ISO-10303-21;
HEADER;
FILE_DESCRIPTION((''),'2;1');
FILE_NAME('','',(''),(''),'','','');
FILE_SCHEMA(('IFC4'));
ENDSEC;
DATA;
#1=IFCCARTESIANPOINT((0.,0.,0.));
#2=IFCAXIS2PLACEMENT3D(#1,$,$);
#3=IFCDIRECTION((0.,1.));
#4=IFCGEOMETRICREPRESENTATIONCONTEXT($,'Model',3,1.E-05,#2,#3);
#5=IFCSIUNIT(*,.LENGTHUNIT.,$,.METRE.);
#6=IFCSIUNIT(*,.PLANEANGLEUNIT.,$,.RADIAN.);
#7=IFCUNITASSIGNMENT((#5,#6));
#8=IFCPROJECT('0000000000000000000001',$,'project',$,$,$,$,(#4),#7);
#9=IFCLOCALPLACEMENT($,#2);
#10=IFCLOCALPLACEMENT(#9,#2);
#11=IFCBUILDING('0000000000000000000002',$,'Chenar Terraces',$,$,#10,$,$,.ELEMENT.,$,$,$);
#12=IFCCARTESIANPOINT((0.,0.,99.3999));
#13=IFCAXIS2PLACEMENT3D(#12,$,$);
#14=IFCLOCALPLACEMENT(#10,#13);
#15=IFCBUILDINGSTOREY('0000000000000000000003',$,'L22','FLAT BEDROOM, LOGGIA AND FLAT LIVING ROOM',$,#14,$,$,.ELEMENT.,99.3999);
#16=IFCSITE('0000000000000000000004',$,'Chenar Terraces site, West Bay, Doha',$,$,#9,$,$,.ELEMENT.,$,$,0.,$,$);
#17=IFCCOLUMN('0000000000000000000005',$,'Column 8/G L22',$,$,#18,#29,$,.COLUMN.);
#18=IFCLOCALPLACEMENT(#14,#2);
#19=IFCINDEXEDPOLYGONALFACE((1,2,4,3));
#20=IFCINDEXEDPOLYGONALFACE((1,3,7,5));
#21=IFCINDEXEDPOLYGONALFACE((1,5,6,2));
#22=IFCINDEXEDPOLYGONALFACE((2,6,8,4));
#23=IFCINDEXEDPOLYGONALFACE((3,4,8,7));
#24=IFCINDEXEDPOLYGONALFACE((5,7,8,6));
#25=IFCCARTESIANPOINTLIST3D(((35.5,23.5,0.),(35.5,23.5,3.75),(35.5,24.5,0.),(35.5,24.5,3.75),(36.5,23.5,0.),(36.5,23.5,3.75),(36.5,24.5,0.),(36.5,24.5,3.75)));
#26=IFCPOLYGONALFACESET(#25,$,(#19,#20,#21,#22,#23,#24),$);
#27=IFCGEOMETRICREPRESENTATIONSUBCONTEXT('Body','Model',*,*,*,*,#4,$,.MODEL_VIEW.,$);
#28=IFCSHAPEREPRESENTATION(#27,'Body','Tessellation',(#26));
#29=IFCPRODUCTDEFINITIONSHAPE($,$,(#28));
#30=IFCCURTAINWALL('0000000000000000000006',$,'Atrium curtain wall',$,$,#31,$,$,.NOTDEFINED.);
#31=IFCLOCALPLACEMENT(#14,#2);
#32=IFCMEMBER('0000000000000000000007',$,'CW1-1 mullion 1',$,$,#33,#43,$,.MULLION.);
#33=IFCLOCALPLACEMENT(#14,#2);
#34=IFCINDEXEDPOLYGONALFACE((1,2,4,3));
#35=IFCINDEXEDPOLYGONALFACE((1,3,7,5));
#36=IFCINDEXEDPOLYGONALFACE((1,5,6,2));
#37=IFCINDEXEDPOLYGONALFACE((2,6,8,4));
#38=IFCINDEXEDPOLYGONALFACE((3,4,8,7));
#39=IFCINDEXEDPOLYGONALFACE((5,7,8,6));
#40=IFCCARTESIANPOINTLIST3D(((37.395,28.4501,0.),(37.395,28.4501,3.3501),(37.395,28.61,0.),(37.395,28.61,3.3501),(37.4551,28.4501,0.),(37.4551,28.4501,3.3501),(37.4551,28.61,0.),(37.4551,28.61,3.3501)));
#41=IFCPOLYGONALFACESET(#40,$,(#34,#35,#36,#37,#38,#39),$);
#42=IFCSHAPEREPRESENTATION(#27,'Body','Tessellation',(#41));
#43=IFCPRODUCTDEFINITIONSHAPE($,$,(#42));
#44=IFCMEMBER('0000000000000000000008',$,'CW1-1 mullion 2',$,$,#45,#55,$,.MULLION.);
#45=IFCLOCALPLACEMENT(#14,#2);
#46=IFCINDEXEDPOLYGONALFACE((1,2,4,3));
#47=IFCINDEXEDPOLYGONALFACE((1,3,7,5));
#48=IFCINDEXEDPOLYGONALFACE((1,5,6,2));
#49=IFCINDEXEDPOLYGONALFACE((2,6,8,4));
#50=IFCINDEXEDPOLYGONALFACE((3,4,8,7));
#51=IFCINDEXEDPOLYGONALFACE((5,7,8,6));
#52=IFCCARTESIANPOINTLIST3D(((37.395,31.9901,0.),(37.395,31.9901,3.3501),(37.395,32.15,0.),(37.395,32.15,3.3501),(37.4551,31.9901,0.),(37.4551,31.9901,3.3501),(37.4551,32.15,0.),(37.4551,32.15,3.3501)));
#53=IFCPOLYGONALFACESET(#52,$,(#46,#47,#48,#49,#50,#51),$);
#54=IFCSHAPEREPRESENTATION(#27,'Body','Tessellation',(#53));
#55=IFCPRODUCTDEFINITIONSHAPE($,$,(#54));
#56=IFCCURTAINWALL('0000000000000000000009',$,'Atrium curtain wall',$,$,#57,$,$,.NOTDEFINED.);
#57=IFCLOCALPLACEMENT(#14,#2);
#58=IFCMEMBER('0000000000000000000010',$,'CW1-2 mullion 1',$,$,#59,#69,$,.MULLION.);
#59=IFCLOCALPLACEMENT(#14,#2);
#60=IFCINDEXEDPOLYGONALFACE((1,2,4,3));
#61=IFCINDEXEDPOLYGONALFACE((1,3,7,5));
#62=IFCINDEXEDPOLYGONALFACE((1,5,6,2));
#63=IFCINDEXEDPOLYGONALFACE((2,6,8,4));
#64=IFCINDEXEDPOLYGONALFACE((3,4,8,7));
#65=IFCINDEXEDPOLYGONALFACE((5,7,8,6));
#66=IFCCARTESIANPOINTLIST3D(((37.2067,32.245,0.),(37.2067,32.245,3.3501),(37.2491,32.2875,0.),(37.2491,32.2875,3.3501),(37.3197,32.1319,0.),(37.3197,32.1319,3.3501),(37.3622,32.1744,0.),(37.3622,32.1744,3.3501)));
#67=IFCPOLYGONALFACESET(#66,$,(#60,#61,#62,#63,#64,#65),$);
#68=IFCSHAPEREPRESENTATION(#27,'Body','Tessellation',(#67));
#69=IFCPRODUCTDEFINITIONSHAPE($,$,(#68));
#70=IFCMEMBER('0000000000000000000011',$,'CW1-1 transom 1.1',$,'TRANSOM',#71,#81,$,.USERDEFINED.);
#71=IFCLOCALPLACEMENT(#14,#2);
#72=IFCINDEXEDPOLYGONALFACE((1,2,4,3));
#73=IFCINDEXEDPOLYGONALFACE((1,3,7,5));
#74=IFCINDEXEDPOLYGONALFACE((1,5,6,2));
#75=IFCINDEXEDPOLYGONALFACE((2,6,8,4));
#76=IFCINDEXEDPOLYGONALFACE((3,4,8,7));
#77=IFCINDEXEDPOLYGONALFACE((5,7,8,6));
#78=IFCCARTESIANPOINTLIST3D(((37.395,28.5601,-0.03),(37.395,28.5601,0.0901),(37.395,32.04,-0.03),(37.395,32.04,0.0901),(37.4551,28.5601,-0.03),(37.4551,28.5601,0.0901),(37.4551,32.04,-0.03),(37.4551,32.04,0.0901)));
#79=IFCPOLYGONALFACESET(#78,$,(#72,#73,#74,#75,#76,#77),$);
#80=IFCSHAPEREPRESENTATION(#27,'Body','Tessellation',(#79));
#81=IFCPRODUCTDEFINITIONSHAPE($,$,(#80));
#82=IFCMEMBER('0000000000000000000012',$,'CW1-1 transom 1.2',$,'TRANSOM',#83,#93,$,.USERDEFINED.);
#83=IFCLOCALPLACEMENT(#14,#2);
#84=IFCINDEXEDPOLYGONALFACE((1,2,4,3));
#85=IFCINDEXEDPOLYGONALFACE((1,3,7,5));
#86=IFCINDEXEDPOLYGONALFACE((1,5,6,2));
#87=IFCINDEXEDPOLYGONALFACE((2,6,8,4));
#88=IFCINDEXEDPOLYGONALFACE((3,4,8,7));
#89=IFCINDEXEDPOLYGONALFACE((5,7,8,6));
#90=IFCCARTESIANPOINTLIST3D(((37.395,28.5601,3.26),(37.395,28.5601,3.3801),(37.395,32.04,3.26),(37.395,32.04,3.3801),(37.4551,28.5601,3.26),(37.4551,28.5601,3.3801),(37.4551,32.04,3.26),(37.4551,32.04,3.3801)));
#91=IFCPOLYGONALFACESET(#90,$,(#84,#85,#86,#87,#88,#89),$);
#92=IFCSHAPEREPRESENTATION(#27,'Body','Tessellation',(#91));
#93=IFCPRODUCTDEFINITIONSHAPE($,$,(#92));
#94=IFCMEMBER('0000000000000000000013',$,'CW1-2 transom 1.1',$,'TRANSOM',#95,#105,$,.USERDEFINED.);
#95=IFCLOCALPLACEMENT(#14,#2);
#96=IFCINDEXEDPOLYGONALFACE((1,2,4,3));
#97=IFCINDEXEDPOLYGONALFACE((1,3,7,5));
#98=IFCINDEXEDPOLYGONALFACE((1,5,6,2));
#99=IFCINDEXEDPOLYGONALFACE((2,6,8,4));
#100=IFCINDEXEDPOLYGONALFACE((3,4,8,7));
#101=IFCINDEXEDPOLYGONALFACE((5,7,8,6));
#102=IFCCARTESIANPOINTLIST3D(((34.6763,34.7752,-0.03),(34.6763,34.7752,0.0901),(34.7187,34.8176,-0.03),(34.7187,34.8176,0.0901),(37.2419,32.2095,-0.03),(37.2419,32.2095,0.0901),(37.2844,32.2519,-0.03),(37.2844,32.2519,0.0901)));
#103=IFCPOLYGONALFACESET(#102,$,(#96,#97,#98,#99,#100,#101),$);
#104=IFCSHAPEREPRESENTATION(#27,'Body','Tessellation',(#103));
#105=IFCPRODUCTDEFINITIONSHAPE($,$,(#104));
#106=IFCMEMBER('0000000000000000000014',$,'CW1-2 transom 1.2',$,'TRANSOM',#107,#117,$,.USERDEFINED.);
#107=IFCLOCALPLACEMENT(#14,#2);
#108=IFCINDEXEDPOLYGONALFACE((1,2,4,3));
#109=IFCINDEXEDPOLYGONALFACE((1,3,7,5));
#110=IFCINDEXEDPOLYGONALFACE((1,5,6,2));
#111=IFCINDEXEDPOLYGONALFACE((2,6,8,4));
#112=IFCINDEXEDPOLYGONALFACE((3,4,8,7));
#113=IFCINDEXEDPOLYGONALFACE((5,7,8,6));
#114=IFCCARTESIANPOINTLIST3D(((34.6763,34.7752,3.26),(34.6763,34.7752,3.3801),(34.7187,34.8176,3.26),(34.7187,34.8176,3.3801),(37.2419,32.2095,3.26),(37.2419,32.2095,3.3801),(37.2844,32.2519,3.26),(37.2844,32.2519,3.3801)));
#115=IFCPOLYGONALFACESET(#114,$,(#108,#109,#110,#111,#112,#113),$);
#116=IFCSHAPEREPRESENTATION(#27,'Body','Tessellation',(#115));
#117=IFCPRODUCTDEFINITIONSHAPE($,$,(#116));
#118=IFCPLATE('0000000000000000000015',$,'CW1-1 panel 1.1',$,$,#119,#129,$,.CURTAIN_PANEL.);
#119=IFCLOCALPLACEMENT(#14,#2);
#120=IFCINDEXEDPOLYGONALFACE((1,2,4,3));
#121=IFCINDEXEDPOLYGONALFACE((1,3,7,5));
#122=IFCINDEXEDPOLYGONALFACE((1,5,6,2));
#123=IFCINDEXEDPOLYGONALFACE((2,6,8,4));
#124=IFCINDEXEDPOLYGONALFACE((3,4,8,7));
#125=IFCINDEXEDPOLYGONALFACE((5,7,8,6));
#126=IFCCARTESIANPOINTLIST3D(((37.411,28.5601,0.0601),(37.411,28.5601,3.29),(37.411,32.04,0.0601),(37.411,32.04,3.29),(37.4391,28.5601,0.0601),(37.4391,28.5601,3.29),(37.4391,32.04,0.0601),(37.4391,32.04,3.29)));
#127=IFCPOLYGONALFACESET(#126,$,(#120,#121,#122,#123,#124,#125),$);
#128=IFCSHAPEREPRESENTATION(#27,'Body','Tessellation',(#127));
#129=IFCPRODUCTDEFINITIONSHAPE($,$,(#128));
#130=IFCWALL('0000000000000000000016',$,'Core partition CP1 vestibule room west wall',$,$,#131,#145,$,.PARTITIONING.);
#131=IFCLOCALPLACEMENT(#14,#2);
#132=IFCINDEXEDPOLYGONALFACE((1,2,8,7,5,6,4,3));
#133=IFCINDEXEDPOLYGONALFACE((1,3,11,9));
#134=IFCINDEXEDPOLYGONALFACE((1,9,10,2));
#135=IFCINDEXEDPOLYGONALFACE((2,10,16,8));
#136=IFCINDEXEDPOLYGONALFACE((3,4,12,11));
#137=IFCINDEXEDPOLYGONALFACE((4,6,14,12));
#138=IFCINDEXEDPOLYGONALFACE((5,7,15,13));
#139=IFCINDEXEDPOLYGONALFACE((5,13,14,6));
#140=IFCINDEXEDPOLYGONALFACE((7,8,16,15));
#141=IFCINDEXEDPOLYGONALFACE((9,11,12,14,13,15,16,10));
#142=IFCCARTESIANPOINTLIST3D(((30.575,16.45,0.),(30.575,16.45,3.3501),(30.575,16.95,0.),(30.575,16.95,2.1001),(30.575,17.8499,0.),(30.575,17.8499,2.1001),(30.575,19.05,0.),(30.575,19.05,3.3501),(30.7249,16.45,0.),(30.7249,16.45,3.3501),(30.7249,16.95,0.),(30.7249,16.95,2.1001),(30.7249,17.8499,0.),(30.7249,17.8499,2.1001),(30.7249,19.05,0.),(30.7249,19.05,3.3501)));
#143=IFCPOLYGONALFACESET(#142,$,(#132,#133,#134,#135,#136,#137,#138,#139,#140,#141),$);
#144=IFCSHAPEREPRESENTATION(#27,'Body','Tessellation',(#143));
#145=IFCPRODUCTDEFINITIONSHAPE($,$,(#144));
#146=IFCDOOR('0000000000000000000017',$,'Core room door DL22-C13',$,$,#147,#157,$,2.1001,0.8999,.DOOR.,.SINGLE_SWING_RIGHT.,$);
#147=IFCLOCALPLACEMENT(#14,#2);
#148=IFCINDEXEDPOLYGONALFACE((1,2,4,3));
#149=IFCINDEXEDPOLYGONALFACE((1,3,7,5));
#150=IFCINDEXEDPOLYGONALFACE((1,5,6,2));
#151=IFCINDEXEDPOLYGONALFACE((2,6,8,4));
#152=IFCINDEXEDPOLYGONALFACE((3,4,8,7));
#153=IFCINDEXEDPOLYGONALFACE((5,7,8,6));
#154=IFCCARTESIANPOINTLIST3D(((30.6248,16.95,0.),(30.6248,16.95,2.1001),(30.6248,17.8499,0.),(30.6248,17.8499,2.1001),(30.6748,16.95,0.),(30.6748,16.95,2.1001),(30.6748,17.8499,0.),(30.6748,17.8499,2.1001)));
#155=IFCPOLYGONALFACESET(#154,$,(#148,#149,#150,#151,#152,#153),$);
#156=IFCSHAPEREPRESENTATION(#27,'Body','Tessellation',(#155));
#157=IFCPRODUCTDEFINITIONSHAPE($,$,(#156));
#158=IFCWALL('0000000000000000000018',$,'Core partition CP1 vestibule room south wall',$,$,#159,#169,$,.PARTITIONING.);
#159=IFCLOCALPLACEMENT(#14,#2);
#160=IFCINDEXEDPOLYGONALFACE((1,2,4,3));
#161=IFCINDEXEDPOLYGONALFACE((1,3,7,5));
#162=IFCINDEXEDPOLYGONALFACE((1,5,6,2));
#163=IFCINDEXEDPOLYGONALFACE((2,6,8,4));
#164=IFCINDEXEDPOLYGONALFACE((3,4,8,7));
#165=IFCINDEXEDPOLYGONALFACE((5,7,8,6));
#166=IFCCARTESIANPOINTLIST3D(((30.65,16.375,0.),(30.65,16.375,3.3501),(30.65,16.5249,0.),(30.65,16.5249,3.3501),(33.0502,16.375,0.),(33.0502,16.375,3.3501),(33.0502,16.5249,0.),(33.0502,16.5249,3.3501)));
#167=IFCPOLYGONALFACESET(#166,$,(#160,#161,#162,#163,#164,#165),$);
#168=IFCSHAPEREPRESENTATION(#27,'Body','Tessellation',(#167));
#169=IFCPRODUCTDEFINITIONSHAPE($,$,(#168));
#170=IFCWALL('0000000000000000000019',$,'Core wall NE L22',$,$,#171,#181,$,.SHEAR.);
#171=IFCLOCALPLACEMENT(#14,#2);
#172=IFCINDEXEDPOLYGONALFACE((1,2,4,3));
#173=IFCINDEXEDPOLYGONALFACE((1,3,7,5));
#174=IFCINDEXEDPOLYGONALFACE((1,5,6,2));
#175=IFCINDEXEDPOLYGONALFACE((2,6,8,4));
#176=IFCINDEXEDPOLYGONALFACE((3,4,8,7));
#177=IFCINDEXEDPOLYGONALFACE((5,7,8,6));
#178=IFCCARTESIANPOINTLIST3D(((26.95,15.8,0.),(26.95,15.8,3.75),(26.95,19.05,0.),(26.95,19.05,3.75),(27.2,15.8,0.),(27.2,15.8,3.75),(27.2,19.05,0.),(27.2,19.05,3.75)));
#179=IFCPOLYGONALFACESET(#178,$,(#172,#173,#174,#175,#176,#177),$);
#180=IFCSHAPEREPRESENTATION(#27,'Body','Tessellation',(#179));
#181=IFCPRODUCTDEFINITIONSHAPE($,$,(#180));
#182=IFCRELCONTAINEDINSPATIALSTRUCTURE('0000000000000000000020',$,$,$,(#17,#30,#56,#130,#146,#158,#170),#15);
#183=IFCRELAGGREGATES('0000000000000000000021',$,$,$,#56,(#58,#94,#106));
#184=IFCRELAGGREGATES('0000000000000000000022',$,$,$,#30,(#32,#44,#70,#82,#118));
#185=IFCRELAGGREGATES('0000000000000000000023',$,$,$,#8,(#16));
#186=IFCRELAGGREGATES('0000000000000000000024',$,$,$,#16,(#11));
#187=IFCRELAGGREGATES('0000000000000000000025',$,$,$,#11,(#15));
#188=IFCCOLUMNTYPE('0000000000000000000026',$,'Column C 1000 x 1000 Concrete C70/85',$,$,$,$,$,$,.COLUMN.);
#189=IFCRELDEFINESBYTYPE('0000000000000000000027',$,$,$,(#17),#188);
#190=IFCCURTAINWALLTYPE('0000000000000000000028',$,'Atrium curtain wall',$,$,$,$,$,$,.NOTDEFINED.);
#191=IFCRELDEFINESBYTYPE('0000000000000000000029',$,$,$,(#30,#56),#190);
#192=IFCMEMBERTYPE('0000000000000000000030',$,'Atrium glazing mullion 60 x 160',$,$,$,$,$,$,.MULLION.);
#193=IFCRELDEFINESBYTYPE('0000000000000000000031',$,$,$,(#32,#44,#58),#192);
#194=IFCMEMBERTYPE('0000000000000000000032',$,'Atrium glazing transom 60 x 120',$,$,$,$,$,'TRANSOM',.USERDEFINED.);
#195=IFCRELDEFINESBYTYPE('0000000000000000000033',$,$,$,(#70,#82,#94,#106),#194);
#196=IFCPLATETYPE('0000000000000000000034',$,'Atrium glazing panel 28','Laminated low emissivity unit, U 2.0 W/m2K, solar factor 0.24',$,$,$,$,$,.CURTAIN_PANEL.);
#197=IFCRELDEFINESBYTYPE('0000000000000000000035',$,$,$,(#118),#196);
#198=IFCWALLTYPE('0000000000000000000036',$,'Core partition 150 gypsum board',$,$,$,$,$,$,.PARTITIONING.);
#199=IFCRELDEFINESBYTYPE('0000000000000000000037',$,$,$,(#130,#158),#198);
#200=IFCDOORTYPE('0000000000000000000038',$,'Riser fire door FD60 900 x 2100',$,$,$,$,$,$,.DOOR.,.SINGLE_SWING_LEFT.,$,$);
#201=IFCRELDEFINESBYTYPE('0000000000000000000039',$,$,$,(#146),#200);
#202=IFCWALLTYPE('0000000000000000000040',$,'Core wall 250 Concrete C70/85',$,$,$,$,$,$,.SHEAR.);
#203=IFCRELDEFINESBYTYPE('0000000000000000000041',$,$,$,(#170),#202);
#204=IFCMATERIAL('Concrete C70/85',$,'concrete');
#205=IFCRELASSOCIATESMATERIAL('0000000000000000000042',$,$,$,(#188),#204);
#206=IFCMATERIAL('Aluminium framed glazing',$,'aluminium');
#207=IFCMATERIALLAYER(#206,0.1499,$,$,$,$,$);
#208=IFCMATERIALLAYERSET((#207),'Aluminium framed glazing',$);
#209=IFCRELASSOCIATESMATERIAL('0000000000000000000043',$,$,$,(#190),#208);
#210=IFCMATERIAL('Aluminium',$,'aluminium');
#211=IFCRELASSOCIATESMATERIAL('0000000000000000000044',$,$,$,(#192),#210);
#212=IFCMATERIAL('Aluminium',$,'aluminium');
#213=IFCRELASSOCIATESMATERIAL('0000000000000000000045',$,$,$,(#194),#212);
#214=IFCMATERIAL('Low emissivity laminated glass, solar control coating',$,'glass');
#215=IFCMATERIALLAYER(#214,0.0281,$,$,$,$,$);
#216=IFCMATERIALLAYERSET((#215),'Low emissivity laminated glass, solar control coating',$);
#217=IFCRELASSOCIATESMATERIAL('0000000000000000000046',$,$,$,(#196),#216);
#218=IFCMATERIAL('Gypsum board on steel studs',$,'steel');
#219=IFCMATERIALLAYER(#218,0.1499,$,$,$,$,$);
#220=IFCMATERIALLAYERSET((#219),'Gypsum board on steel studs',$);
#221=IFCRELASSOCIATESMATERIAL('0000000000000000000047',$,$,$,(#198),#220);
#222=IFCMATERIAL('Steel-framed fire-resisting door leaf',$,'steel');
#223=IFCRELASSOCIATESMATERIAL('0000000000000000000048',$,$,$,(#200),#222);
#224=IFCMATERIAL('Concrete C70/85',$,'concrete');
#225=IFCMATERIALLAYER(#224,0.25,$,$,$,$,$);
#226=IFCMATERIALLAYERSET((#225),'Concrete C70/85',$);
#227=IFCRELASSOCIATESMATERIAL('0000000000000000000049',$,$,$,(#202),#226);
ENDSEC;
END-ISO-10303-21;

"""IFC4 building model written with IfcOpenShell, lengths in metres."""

from ifc_helpers import new_model, si_unit, direction, frame, frame_2d, origin, origin_2d, place, context, subcontext, project, spatial, rectangle, extrude, material, layer, layer_set, material_profile, profile_set, type_object, element, fill, aggregate, save


model = new_model("IFC4")

# Units and contexts
model_context = context("Model", 3, precision=1e-05, world=origin(), true_north=direction((0.0, 1.0)))
body_context = subcontext(model_context, "Body", "Model", "MODEL_VIEW")
ifc_project = project(units=[si_unit("LENGTHUNIT", "METRE"), si_unit("PLANEANGLEUNIT", "RADIAN")], contexts=[model_context])

# Site, building, storey
site_placement = place(None, origin())
site = spatial("IfcSite", under=ifc_project, at=site_placement, Name="Chenar Terraces site, West Bay, Doha", CompositionType="ELEMENT", RefElevation=0.0)
building_placement = place(site_placement, origin())
building = spatial("IfcBuilding", under=site, at=building_placement, Name="Chenar Terraces", CompositionType="ELEMENT")
storey_placement = place(building_placement, frame((0.0, 0.0, 99.3999)))
storey = spatial("IfcBuildingStorey", under=building, at=storey_placement, Name="L22", Description="FLAT BEDROOM, LOGGIA AND FLAT LIVING ROOM", CompositionType="ELEMENT", Elevation=99.3999)

# Column
ifc_material_1 = material(Name="Concrete C70/85", Category="concrete")
ifc_material_profile_1 = material_profile(ifc_material_1, rectangle(XDim=1.0, YDim=1.0, at=origin_2d()), Name="C 1000 x 1000")
ifc_profile_set_1 = profile_set([ifc_material_profile_1], Name="Concrete C70/85")
column_type = type_object("IfcColumnType", Name="Column C 1000 x 1000 Concrete C70/85", PredefinedType="COLUMN", material=ifc_profile_set_1)
column_placement = place(storey_placement, frame((36.0, 24.0, 0.0), z_axis=(0.0, 0.0, 1.0), x_axis=(1.0, 0.0, 0.0)))
element("IfcColumn", 1, at=column_placement, inside=storey, type_object=column_type, Name="Column 8/G L22", PredefinedType="COLUMN", context=body_context, shape_type="SweptSolid", body=[
    extrude(rectangle(XDim=1.0, YDim=1.0, at=origin_2d()), origin(), (0.0, 0.0, 1.0), 3.75),
])

# Curtain wall, members
ifc_material_2 = material(Name="Aluminium framed glazing", Category="aluminium")
ifc_layer_1 = layer(ifc_material_2, 0.1499)
ifc_layer_set_1 = layer_set([ifc_layer_1], Name="Aluminium framed glazing")
curtain_wall_type = type_object("IfcCurtainWallType", Name="Atrium curtain wall", PredefinedType="NOTDEFINED", material=ifc_layer_set_1)
placement = place(storey_placement, origin())
curtain_wall_1 = element("IfcCurtainWall", 2, at=placement, inside=storey, type_object=curtain_wall_type, Name="Atrium curtain wall", PredefinedType="NOTDEFINED")
ifc_material_3 = material(Name="Aluminium", Category="aluminium")
ifc_material_profile_2 = material_profile(ifc_material_3, rectangle(XDim=0.0601, YDim=0.1599, at=origin_2d()), Name="Atrium glazing mullion 60 x 160")
ifc_profile_set_2 = profile_set([ifc_material_profile_2], Name="Aluminium")
member_type_1 = type_object("IfcMemberType", Name="Atrium glazing mullion 60 x 160", PredefinedType="MULLION", material=ifc_profile_set_2)
member_1_placement = place(storey_placement, frame((37.425, 28.53, 0.0), z_axis=(0.0, 0.0, 1.0), x_axis=(-1.0, 0.0, 0.0)))
member_1 = element("IfcMember", 3, at=member_1_placement, type_object=member_type_1, Name="CW1-1 mullion 1", PredefinedType="MULLION", context=body_context, shape_type="SweptSolid", body=[
    extrude(rectangle(XDim=0.0601, YDim=0.1599, at=origin_2d()), origin(), (0.0, 0.0, 1.0), 3.3501),
])
member_2_placement = place(storey_placement, frame((37.425, 32.0701, 0.0), z_axis=(0.0, 0.0, 1.0), x_axis=(-1.0, 0.0, 0.0)))
member_2 = element("IfcMember", 4, at=member_2_placement, type_object=member_type_1, Name="CW1-1 mullion 2", PredefinedType="MULLION", context=body_context, shape_type="SweptSolid", body=[
    extrude(rectangle(XDim=0.0601, YDim=0.1599, at=origin_2d()), origin(), (0.0, 0.0, 1.0), 3.3501),
])

# Curtain wall, member
curtain_wall_2 = element("IfcCurtainWall", 5, at=placement, inside=storey, type_object=curtain_wall_type, Name="Atrium curtain wall", PredefinedType="NOTDEFINED")
member_3_placement = place(storey_placement, frame((37.2844, 32.2097, 0.0), z_axis=(0.0, 0.0, 1.0), x_axis=(-0.707107, -0.707107, 0.0)))
member_3 = element("IfcMember", 6, at=member_3_placement, type_object=member_type_1, Name="CW1-2 mullion 1", PredefinedType="MULLION", context=body_context, shape_type="SweptSolid", body=[
    extrude(rectangle(XDim=0.0601, YDim=0.1599, at=origin_2d()), origin(), (0.0, 0.0, 1.0), 3.3501),
])

# Members
ifc_material_4 = material(Name="Aluminium", Category="aluminium")
ifc_material_profile_3 = material_profile(ifc_material_4, rectangle(XDim=0.0601, YDim=0.1201, at=origin_2d()), Name="Atrium glazing transom 60 x 120")
ifc_profile_set_3 = profile_set([ifc_material_profile_3], Name="Aluminium")
member_type_2 = type_object("IfcMemberType", Name="Atrium glazing transom 60 x 120", ElementType="TRANSOM", PredefinedType="USERDEFINED", material=ifc_profile_set_3)
member_4_placement = place(storey_placement, frame((37.425, 28.5601, 0.03), z_axis=(0.0, 1.0, 0.0), x_axis=(-1.0, 0.0, 0.0)))
member_4 = element("IfcMember", 7, at=member_4_placement, type_object=member_type_2, Name="CW1-1 transom 1.1", ObjectType="TRANSOM", PredefinedType="USERDEFINED", context=body_context, shape_type="SweptSolid", body=[
    extrude(rectangle(XDim=0.0601, YDim=0.1201, at=origin_2d()), origin(), (0.0, 0.0, 1.0), 3.48),
])
member_5_placement = place(storey_placement, frame((37.425, 28.5601, 3.3201), z_axis=(0.0, 1.0, 0.0), x_axis=(-1.0, 0.0, 0.0)))
member_5 = element("IfcMember", 8, at=member_5_placement, type_object=member_type_2, Name="CW1-1 transom 1.2", ObjectType="TRANSOM", PredefinedType="USERDEFINED", context=body_context, shape_type="SweptSolid", body=[
    extrude(rectangle(XDim=0.0601, YDim=0.1201, at=origin_2d()), origin(), (0.0, 0.0, 1.0), 3.48),
])
member_6_placement = place(storey_placement, frame((37.2632, 32.2307, 0.03), z_axis=(-0.707107, 0.707107, 0.0), x_axis=(-0.707107, -0.707107, 0.0)))
member_6 = element("IfcMember", 9, at=member_6_placement, type_object=member_type_2, Name="CW1-2 transom 1.1", ObjectType="TRANSOM", PredefinedType="USERDEFINED", context=body_context, shape_type="SweptSolid", body=[
    extrude(rectangle(XDim=0.0601, YDim=0.1201, at=origin_2d()), origin(), (0.0, 0.0, 1.0), 3.6284),
])
member_7_placement = place(storey_placement, frame((37.2632, 32.2307, 3.3201), z_axis=(-0.707107, 0.707107, 0.0), x_axis=(-0.707107, -0.707107, 0.0)))
member_7 = element("IfcMember", 10, at=member_7_placement, type_object=member_type_2, Name="CW1-2 transom 1.2", ObjectType="TRANSOM", PredefinedType="USERDEFINED", context=body_context, shape_type="SweptSolid", body=[
    extrude(rectangle(XDim=0.0601, YDim=0.1201, at=origin_2d()), origin(), (0.0, 0.0, 1.0), 3.6284),
])
aggregate(curtain_wall_2, [member_3, member_6, member_7])

# Plate
ifc_material_5 = material(Name="Low emissivity laminated glass, solar control coating", Category="glass")
ifc_layer_2 = layer(ifc_material_5, 0.0281)
ifc_layer_set_2 = layer_set([ifc_layer_2], Name="Low emissivity laminated glass, solar control coating")
plate_type = type_object("IfcPlateType", Name="Atrium glazing panel 28", Description="Laminated low emissivity unit, U 2.0 W/m2K, solar factor 0.24", PredefinedType="CURTAIN_PANEL", material=ifc_layer_set_2)
plate_placement = place(storey_placement, frame((37.425, 30.3, 0.0601), z_axis=(0.0, 0.0, 1.0), x_axis=(0.0, 1.0, 0.0)))
plate = element("IfcPlate", 11, at=plate_placement, type_object=plate_type, Name="CW1-1 panel 1.1", PredefinedType="CURTAIN_PANEL", context=body_context, shape_type="SweptSolid", body=[
    extrude(rectangle(XDim=3.48, YDim=0.0281, at=origin_2d()), origin(), (0.0, 0.0, 1.0), 3.23),
])
aggregate(curtain_wall_1, [member_1, member_2, member_4, member_5, plate])

# Wall, opening, door
ifc_material_6 = material(Name="Gypsum board on steel studs", Category="steel")
ifc_layer_3 = layer(ifc_material_6, 0.1499)
ifc_layer_set_3 = layer_set([ifc_layer_3], Name="Gypsum board on steel studs")
wall_type_1 = type_object("IfcWallType", Name="Core partition 150 gypsum board", PredefinedType="PARTITIONING", material=ifc_layer_set_3)
wall_1_placement = place(storey_placement, frame((30.6499, 16.45, 0.0), z_axis=(0.0, 0.0, 1.0), x_axis=(0.0, 1.0, 0.0)))
wall_1 = element("IfcWall", 12, at=wall_1_placement, inside=storey, type_object=wall_type_1, Name="Core partition CP1 vestibule room west wall", PredefinedType="PARTITIONING", context=body_context, shape_type="SweptSolid", body=[
    extrude(rectangle(XDim=2.6001, YDim=0.1499, at=frame_2d((1.3, 0.0))), origin(), (0.0, 0.0, 1.0), 3.3501),
])
opening_1_placement = place(wall_1_placement, frame((0.5, 0.0, 0.0)))
opening_1 = element("IfcOpeningElement", 13, at=opening_1_placement, cuts=wall_1, PredefinedType="OPENING", context=body_context, shape_type="SweptSolid", body=[
    extrude(rectangle(XDim=0.8999, YDim=2.1001, at=frame_2d((0.45, 1.05))), frame((0.0, 0.085, 0.0), z_axis=(0.0, -1.0, 0.0), x_axis=(1.0, 0.0, 0.0)), (0.0, 0.0, 1.0), 0.1699),
])
ifc_material_7 = material(Name="Steel-framed fire-resisting door leaf", Category="steel")
door_type = type_object("IfcDoorType", Name="Riser fire door FD60 900 x 2100", OperationType="SINGLE_SWING_LEFT", PredefinedType="DOOR", material=ifc_material_7)
door_placement = place(opening_1_placement, frame((0.8999, 0.0, 0.0), z_axis=(0.0, 0.0, 1.0), x_axis=(-1.0, 0.0, 0.0)))
door = element("IfcDoor", 14, at=door_placement, inside=storey, type_object=door_type, Name="Core room door DL22-C13", OperationType="SINGLE_SWING_RIGHT", OverallHeight=2.1001, OverallWidth=0.8999, PredefinedType="DOOR", context=body_context, shape_type="SweptSolid", body=[
    extrude(rectangle(XDim=0.8999, YDim=2.1001, at=frame_2d((0.45, 1.05))), frame((0.0, 0.0249, 0.0), z_axis=(0.0, -1.0, 0.0), x_axis=(1.0, 0.0, 0.0)), (0.0, 0.0, 1.0), 0.05),
])
fill(opening_1, door)

# Walls
wall_2_placement = place(storey_placement, frame((30.6499, 16.45, 0.0), z_axis=(0.0, 0.0, 1.0), x_axis=(1.0, 0.0, 0.0)))
element("IfcWall", 15, at=wall_2_placement, inside=storey, type_object=wall_type_1, Name="Core partition CP1 vestibule room south wall", PredefinedType="PARTITIONING", context=body_context, shape_type="SweptSolid", body=[
    extrude(rectangle(XDim=2.4001, YDim=0.1499, at=frame_2d((1.2002, 0.0))), origin(), (0.0, 0.0, 1.0), 3.3501),
])
ifc_material_8 = material(Name="Concrete C70/85", Category="concrete")
ifc_layer_4 = layer(ifc_material_8, 0.25)
ifc_layer_set_4 = layer_set([ifc_layer_4], Name="Concrete C70/85")
wall_type_2 = type_object("IfcWallType", Name="Core wall 250 Concrete C70/85", PredefinedType="SHEAR", material=ifc_layer_set_4)
wall_3_placement = place(storey_placement, frame((27.075, 15.8, 0.0), z_axis=(0.0, 0.0, 1.0), x_axis=(0.0, 1.0, 0.0)))
element("IfcWall", 16, at=wall_3_placement, inside=storey, type_object=wall_type_2, Name="Core wall NE L22", PredefinedType="SHEAR", context=body_context, shape_type="SweptSolid", body=[
    extrude(rectangle(XDim=3.25, YDim=0.25, at=frame_2d((1.625, 0.0))), origin(), (0.0, 0.0, 1.0), 3.75),
])

save(model, "model.ifc")
